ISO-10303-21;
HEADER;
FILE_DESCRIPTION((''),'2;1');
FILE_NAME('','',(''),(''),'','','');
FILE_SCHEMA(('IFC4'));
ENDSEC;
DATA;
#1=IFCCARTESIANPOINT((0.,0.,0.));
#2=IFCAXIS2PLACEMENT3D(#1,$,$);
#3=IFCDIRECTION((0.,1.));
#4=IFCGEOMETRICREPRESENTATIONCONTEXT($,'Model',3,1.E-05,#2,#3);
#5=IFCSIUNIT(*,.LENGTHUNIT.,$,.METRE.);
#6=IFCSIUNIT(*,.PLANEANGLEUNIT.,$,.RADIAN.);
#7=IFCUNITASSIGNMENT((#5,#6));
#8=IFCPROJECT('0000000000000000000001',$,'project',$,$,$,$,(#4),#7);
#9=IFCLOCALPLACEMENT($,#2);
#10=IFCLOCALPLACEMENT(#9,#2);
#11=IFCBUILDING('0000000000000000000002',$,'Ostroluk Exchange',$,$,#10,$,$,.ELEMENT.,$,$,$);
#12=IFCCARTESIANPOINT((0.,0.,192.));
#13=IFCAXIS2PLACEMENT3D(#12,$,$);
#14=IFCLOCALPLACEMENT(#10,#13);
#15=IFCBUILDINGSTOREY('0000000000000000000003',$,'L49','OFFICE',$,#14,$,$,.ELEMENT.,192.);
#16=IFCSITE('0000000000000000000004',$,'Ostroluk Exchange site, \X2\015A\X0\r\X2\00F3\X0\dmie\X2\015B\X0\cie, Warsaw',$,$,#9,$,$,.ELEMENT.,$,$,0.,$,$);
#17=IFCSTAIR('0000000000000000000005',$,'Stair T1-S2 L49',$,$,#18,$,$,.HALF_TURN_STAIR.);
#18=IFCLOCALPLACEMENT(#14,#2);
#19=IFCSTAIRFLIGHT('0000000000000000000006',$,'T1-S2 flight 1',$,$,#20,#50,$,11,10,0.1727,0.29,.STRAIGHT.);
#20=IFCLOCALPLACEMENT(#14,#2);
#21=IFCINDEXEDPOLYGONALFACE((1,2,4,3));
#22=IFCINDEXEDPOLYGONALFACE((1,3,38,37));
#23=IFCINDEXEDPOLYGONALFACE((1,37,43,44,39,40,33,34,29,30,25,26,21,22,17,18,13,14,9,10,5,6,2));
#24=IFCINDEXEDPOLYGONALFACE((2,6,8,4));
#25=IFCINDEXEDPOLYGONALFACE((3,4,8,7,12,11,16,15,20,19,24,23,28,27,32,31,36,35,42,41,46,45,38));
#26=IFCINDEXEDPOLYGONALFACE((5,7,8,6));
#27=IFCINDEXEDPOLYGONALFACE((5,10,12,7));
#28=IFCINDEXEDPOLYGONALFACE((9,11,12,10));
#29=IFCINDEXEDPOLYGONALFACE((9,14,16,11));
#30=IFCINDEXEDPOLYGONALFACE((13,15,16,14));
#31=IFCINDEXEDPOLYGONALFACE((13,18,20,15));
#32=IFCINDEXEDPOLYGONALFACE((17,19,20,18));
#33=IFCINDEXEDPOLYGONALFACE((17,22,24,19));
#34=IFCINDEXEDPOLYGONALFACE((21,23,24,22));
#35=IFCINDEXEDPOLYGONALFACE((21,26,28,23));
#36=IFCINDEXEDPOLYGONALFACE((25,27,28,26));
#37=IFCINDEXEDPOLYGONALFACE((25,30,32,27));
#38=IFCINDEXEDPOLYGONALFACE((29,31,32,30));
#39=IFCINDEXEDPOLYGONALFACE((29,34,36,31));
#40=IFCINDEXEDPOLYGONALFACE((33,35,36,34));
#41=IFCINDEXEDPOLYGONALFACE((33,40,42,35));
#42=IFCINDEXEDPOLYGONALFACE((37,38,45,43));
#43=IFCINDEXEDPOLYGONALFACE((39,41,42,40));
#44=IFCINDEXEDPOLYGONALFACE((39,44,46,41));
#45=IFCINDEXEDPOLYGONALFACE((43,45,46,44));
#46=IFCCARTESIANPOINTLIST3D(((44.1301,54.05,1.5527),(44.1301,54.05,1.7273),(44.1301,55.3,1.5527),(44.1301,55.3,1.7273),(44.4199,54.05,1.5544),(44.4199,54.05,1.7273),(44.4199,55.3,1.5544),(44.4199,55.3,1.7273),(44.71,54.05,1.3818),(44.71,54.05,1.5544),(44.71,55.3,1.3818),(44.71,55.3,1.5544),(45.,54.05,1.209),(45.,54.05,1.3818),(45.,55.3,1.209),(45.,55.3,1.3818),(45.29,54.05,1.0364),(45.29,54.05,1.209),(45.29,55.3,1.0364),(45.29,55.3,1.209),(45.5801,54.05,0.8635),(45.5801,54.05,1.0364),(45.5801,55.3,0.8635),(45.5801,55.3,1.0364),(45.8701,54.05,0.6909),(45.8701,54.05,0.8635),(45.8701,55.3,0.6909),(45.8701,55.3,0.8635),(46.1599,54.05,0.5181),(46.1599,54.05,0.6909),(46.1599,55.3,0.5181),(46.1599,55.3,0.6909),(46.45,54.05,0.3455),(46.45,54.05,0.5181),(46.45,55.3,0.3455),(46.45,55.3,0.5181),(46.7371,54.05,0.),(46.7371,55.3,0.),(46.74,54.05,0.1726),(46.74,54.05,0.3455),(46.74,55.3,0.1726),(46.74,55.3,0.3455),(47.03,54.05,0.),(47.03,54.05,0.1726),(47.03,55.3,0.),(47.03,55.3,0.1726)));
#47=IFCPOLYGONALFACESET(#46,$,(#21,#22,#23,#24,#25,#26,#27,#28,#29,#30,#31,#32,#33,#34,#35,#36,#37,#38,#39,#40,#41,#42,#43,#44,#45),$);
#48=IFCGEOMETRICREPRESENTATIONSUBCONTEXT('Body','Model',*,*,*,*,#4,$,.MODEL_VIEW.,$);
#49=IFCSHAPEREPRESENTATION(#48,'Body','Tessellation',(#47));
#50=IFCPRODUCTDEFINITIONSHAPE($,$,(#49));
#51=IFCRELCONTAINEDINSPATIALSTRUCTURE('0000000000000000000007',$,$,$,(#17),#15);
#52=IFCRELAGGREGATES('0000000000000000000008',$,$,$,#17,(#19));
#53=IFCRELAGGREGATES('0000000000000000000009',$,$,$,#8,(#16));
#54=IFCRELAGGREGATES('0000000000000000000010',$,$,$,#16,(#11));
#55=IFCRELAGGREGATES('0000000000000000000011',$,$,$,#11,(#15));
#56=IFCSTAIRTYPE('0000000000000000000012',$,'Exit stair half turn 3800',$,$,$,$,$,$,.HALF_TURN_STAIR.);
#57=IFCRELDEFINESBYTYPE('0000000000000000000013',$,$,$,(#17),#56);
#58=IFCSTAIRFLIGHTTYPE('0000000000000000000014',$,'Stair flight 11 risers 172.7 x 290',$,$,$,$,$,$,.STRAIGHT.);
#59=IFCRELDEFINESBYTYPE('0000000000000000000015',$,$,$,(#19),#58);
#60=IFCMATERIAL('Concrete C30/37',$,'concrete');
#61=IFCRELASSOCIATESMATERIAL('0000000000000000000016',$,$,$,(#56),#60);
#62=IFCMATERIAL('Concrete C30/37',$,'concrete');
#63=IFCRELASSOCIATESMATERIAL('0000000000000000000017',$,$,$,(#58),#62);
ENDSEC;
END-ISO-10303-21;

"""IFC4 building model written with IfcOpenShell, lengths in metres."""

from ifc_helpers import new_model, si_unit, direction, frame, origin, place, context, subcontext, project, spatial, polyline, outline, extrude, material, type_object, element, aggregate, save


model = new_model("IFC4")

# Units and contexts
model_context = context("Model", 3, precision=1e-05, world=origin(), true_north=direction((0.0, 1.0)))
body_context = subcontext(model_context, "Body", "Model", "MODEL_VIEW")
ifc_project = project(units=[si_unit("LENGTHUNIT", "METRE"), si_unit("PLANEANGLEUNIT", "RADIAN")], contexts=[model_context])

# Site, building, storey
site_placement = place(None, origin())
site = spatial("IfcSite", under=ifc_project, at=site_placement, Name="Ostroluk Exchange site, Śródmieście, Warsaw", CompositionType="ELEMENT", RefElevation=0.0)
building_placement = place(site_placement, origin())
building = spatial("IfcBuilding", under=site, at=building_placement, Name="Ostroluk Exchange", CompositionType="ELEMENT")
storey_placement = place(building_placement, frame((0.0, 0.0, 192.0)))
storey = spatial("IfcBuildingStorey", under=building, at=storey_placement, Name="L49", Description="OFFICE", CompositionType="ELEMENT", Elevation=192.0)

# Stair, stair flight
ifc_material_1 = material(Name="Concrete C30/37", Category="concrete")
stair_type = type_object("IfcStairType", Name="Exit stair half turn 3800", PredefinedType="HALF_TURN_STAIR", material=ifc_material_1)
stair_placement = place(storey_placement, origin())
stair = element("IfcStair", 1, at=stair_placement, inside=storey, type_object=stair_type, Name="Stair T1-S2 L49", PredefinedType="HALF_TURN_STAIR")
ifc_material_2 = material(Name="Concrete C30/37", Category="concrete")
stair_flight_type = type_object("IfcStairFlightType", Name="Stair flight 11 risers 172.7 x 290", PredefinedType="STRAIGHT", material=ifc_material_2)
stair_flight_placement = place(storey_placement, frame((47.03, 54.675, 0.0), z_axis=(0.0, 0.0, 1.0), x_axis=(-1.0, 0.0, 0.0)))
stair_flight = element("IfcStairFlight", 2, at=stair_flight_placement, type_object=stair_flight_type, Name="T1-S2 flight 1", NumberOfRisers=11, NumberOfTreads=10, PredefinedType="STRAIGHT", RiserHeight=0.1727, TreadLength=0.29, context=body_context, shape_type="SweptSolid", body=[
    extrude(outline(polyline([(0.0, 0.0), (0.0, 0.1726), (0.29, 0.1726), (0.29, 0.3455), (0.5801, 0.3455), (0.5801, 0.5181), (0.8701, 0.5181), (0.8701, 0.6909), (1.1599, 0.6909), (1.1599, 0.8635), (1.45, 0.8635), (1.45, 1.0364), (1.74, 1.0364), (1.74, 1.209), (2.03, 1.209), (2.03, 1.3818), (2.3201, 1.3818), (2.3201, 1.5544), (2.6101, 1.5544), (2.6101, 1.7273), (2.8999, 1.7273), (2.8999, 1.8999), (2.8999, 1.5527), (0.293, 0.0), (0.0, 0.0)])), frame((0.0, 0.625, 0.0), z_axis=(0.0, -1.0, 0.0), x_axis=(1.0, 0.0, 0.0)), (0.0, 0.0, 1.0), 1.25),
])
aggregate(stair, [stair_flight])

save(model, "model.ifc")
